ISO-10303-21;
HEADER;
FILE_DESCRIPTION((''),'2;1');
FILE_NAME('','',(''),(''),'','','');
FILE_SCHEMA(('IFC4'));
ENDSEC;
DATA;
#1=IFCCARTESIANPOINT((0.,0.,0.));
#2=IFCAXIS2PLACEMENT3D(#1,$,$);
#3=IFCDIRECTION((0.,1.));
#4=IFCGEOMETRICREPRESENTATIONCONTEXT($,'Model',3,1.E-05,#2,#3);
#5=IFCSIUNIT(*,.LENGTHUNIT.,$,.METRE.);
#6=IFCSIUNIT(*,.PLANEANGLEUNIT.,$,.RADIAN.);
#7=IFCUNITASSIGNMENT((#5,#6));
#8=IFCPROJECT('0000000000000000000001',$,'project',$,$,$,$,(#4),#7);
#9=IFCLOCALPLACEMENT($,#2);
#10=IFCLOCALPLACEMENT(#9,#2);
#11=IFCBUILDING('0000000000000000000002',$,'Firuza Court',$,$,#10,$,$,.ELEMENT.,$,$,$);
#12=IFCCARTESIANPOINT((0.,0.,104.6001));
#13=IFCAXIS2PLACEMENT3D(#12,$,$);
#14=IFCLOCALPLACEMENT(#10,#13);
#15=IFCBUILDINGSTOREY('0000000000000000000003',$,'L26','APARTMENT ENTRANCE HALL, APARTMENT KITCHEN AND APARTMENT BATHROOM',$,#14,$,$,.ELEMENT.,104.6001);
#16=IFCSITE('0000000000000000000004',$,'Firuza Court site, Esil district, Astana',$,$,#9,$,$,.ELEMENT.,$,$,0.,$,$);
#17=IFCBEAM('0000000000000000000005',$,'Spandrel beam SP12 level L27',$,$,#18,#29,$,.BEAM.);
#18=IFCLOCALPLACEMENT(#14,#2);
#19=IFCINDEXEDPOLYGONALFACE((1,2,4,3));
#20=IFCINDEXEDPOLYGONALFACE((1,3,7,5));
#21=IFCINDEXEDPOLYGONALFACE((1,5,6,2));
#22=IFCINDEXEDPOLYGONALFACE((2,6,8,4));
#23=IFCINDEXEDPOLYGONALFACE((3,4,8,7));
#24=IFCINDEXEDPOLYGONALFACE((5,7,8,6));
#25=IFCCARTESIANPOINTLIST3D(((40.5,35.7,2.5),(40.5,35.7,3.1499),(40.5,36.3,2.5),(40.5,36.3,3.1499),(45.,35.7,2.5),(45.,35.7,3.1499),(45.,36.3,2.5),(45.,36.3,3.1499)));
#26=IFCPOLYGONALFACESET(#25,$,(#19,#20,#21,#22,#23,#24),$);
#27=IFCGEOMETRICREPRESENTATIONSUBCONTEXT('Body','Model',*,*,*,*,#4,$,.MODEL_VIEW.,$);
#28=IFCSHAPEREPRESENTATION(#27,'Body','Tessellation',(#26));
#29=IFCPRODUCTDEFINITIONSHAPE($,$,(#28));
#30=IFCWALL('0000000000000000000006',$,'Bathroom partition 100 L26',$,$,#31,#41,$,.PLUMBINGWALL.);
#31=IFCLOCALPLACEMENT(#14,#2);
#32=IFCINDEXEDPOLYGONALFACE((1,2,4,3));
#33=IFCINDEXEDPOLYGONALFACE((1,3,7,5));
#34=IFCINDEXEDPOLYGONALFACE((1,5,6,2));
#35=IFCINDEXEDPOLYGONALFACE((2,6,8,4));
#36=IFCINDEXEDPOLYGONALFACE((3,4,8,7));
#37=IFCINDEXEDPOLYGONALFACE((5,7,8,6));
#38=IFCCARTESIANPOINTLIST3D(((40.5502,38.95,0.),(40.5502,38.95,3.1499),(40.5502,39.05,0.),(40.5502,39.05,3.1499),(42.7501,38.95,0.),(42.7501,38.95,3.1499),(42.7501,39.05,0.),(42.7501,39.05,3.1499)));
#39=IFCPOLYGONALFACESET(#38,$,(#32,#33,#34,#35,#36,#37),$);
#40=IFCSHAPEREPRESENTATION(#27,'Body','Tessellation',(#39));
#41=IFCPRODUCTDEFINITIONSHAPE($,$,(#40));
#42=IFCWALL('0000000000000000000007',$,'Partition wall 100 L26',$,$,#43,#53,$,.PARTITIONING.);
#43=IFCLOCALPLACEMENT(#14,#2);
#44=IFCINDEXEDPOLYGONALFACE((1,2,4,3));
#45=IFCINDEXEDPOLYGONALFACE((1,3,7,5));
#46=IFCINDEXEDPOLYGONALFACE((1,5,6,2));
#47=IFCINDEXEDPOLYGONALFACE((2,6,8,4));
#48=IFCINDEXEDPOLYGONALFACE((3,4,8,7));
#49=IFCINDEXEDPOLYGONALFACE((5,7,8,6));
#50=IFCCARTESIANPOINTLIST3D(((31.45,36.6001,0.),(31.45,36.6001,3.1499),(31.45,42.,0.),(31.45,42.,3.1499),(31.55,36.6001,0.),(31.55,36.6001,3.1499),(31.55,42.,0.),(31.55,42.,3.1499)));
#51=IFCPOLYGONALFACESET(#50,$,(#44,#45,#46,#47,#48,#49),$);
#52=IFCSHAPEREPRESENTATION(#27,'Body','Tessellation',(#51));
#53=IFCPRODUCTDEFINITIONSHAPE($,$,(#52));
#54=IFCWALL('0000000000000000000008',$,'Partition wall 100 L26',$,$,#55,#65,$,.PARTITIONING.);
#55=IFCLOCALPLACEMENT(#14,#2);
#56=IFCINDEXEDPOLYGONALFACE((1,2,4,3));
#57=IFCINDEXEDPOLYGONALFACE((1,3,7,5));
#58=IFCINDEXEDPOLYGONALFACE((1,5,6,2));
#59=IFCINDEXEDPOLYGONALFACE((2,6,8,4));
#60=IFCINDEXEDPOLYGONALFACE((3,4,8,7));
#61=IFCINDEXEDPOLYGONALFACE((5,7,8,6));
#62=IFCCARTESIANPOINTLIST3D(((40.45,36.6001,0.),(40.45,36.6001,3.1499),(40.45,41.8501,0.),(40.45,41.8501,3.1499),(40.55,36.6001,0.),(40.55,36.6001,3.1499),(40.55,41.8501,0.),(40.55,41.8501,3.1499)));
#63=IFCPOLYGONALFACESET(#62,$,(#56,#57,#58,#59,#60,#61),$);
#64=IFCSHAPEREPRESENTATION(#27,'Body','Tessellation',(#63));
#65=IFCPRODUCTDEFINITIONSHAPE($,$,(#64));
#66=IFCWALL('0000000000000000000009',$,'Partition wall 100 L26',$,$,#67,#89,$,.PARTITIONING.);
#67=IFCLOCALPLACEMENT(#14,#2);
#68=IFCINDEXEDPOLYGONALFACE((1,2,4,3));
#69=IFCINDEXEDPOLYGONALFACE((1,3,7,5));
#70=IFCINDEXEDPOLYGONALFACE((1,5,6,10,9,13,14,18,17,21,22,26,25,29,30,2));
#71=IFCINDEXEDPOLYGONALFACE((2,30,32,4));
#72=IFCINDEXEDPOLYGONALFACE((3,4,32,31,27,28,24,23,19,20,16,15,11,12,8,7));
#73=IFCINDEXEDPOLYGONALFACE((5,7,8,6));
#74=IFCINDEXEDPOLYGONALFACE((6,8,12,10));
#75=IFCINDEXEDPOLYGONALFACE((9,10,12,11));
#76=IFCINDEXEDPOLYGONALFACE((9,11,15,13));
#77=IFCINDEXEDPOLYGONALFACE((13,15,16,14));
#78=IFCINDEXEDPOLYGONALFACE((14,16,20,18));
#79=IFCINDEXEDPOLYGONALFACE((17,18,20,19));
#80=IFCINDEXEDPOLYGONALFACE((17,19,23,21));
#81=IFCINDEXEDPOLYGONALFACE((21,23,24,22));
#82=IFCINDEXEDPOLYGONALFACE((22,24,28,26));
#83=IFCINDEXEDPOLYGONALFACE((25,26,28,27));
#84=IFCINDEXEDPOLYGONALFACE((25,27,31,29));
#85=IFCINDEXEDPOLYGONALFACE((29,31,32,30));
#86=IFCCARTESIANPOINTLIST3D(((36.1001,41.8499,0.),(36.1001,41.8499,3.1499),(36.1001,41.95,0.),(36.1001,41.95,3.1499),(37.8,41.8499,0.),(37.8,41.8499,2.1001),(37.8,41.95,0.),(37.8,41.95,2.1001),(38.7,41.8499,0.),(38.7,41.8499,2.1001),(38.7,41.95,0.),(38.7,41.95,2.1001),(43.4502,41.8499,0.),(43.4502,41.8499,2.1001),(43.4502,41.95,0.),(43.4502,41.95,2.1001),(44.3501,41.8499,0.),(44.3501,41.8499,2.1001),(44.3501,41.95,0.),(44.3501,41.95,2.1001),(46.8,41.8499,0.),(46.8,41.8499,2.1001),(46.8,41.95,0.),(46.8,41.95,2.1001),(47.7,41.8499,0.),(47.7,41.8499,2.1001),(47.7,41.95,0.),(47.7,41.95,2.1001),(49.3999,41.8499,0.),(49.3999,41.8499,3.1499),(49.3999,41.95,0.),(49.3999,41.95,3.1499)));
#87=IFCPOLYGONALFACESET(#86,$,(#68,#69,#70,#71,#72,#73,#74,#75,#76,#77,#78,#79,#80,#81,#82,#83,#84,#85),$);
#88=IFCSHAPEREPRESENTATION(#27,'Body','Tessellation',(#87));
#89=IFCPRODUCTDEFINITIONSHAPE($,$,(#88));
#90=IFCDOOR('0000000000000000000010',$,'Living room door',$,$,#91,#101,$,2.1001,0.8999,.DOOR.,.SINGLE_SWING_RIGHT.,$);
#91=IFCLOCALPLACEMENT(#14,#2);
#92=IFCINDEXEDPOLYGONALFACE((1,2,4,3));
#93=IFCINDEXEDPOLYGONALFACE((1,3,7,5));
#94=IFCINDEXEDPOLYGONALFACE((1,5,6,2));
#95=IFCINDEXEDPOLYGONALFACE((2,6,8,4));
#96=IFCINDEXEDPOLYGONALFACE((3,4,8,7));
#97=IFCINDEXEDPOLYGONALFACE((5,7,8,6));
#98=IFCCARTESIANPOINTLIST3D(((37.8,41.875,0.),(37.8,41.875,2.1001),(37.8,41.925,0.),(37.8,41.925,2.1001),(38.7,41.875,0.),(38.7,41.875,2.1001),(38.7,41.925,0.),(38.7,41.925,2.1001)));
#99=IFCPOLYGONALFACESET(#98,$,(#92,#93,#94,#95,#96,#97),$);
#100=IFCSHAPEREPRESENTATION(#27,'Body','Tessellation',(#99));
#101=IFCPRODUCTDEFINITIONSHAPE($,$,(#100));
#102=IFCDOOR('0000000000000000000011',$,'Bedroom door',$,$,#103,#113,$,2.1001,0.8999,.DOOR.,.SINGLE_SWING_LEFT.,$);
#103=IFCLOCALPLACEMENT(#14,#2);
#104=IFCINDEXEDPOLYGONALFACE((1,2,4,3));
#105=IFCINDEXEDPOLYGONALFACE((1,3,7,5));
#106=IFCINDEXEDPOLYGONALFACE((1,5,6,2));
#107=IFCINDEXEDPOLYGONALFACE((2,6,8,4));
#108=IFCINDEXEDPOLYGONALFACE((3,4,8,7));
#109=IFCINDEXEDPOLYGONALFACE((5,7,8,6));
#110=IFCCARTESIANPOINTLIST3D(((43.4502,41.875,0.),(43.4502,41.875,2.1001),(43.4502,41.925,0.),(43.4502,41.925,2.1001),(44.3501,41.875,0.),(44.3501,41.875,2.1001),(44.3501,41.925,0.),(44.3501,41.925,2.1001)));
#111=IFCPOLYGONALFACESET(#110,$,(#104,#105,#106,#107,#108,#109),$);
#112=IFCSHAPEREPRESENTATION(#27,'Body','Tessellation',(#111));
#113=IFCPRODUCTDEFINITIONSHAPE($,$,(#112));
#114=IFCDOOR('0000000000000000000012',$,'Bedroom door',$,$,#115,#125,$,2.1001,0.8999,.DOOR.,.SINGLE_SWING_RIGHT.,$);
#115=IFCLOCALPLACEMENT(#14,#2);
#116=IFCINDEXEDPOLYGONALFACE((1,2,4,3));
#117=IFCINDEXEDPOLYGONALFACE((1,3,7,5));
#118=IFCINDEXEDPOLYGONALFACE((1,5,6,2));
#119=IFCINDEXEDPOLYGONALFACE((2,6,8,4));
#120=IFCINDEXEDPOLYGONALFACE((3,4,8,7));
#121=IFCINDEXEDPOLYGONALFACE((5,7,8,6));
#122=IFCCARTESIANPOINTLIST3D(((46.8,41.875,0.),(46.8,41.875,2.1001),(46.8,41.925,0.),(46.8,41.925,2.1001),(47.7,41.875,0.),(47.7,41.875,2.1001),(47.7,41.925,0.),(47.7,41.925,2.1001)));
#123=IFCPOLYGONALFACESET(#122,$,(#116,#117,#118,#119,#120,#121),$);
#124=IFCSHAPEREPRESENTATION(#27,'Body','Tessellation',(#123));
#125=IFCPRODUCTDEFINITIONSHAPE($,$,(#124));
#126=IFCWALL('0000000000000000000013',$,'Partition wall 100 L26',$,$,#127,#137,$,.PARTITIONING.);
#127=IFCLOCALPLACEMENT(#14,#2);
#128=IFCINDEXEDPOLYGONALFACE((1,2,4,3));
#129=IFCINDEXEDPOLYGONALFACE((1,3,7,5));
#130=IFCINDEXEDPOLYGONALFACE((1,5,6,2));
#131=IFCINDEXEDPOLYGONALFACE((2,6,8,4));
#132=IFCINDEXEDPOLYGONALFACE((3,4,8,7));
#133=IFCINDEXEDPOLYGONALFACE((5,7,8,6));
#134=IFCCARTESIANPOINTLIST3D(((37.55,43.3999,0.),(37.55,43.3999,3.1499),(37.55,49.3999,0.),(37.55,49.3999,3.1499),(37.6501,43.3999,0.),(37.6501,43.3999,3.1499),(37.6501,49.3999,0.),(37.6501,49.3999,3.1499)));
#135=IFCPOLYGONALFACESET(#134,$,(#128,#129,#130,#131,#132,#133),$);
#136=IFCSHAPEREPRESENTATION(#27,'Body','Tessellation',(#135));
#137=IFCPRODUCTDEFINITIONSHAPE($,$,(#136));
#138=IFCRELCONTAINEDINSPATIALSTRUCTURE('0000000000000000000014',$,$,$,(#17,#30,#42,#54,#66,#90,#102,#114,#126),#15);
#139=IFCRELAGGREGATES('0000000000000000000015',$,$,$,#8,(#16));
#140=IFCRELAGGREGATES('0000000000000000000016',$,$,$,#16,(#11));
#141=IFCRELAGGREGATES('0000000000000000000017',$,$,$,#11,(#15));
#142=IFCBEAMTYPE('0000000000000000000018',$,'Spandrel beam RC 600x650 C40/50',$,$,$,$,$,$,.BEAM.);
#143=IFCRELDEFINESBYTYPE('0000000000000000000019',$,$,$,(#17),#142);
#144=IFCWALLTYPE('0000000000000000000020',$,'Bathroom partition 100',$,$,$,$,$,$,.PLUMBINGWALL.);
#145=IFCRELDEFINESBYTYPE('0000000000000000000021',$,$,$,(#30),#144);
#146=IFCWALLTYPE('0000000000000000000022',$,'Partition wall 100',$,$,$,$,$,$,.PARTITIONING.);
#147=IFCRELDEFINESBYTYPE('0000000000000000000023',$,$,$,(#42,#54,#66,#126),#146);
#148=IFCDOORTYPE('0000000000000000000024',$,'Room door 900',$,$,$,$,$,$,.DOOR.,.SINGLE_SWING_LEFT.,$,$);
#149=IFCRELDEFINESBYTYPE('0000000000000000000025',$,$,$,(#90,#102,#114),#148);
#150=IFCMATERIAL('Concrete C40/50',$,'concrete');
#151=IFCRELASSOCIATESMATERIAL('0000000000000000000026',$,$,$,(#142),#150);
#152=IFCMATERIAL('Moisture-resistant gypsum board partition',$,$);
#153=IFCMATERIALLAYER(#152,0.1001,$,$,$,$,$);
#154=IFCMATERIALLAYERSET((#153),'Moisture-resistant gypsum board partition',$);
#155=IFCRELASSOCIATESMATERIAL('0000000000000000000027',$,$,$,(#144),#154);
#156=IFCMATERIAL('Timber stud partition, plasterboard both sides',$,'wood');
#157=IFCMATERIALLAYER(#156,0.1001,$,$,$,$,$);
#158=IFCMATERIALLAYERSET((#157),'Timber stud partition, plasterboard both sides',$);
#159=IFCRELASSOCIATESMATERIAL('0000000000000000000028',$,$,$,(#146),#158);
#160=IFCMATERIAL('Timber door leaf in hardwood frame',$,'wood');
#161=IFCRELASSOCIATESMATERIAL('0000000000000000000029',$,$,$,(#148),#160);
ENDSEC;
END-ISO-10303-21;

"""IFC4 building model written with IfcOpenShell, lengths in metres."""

from ifc_helpers import new_model, si_unit, direction, frame, frame_2d, origin, origin_2d, place, context, subcontext, project, spatial, rectangle, extrude, material, layer, layer_set, material_profile, profile_set, type_object, element, fill, save


model = new_model("IFC4")

# Units and contexts
model_context = context("Model", 3, precision=1e-05, world=origin(), true_north=direction((0.0, 1.0)))
body_context = subcontext(model_context, "Body", "Model", "MODEL_VIEW")
ifc_project = project(units=[si_unit("LENGTHUNIT", "METRE"), si_unit("PLANEANGLEUNIT", "RADIAN")], contexts=[model_context])

# Site, building, storey
site_placement = place(None, origin())
site = spatial("IfcSite", under=ifc_project, at=site_placement, Name="Firuza Court site, Esil district, Astana", CompositionType="ELEMENT", RefElevation=0.0)
building_placement = place(site_placement, origin())
building = spatial("IfcBuilding", under=site, at=building_placement, Name="Firuza Court", CompositionType="ELEMENT")
storey_placement = place(building_placement, frame((0.0, 0.0, 104.6001)))
storey = spatial("IfcBuildingStorey", under=building, at=storey_placement, Name="L26", Description="APARTMENT ENTRANCE HALL, APARTMENT KITCHEN AND APARTMENT BATHROOM", CompositionType="ELEMENT", Elevation=104.6001)

# Beam
ifc_material_1 = material(Name="Concrete C40/50", Category="concrete")
ifc_material_profile = material_profile(ifc_material_1, rectangle(XDim=0.6001, YDim=0.6499, at=origin_2d()), Name="RC 600x650")
ifc_profile_set = profile_set([ifc_material_profile], Name="Concrete C40/50")
beam_type = type_object("IfcBeamType", Name="Spandrel beam RC 600x650 C40/50", PredefinedType="BEAM", material=ifc_profile_set)
beam_placement = place(storey_placement, frame((40.5, 36.0, 2.825), z_axis=(1.0, 0.0, 0.0), x_axis=(0.0, 1.0, 0.0)))
element("IfcBeam", 1, at=beam_placement, inside=storey, type_object=beam_type, Name="Spandrel beam SP12 level L27", PredefinedType="BEAM", context=body_context, shape_type="SweptSolid", body=[
    extrude(rectangle(XDim=0.6001, YDim=0.6499, at=origin_2d()), origin(), (0.0, 0.0, 1.0), 4.5),
])

# Walls
ifc_material_2 = material(Name="Moisture-resistant gypsum board partition")
ifc_layer_1 = layer(ifc_material_2, 0.1001)
ifc_layer_set_1 = layer_set([ifc_layer_1], Name="Moisture-resistant gypsum board partition")
wall_type_1 = type_object("IfcWallType", Name="Bathroom partition 100", PredefinedType="PLUMBINGWALL", material=ifc_layer_set_1)
wall_1_placement = place(storey_placement, frame((40.55, 39.0, 0.0), z_axis=(0.0, 0.0, 1.0), x_axis=(1.0, 0.0, 0.0)))
element("IfcWall", 2, at=wall_1_placement, inside=storey, type_object=wall_type_1, Name="Bathroom partition 100 L26", PredefinedType="PLUMBINGWALL", context=body_context, shape_type="SweptSolid", body=[
    extrude(rectangle(XDim=2.2, YDim=0.1001, at=frame_2d((1.1001, 0.0))), origin(), (0.0, 0.0, 1.0), 3.1499),
])
ifc_material_3 = material(Name="Timber stud partition, plasterboard both sides", Category="wood")
ifc_layer_2 = layer(ifc_material_3, 0.1001)
ifc_layer_set_2 = layer_set([ifc_layer_2], Name="Timber stud partition, plasterboard both sides")
wall_type_2 = type_object("IfcWallType", Name="Partition wall 100", PredefinedType="PARTITIONING", material=ifc_layer_set_2)
wall_2_placement = place(storey_placement, frame((31.5, 36.6001, 0.0), z_axis=(0.0, 0.0, 1.0), x_axis=(0.0, 1.0, 0.0)))
element("IfcWall", 3, at=wall_2_placement, inside=storey, type_object=wall_type_2, Name="Partition wall 100 L26", PredefinedType="PARTITIONING", context=body_context, shape_type="SweptSolid", body=[
    extrude(rectangle(XDim=5.3999, YDim=0.1001, at=frame_2d((2.7, 0.0))), origin(), (0.0, 0.0, 1.0), 3.1499),
])
wall_3_placement = place(storey_placement, frame((40.5, 36.6001, 0.0), z_axis=(0.0, 0.0, 1.0), x_axis=(0.0, 1.0, 0.0)))
element("IfcWall", 4, at=wall_3_placement, inside=storey, type_object=wall_type_2, Name="Partition wall 100 L26", PredefinedType="PARTITIONING", context=body_context, shape_type="SweptSolid", body=[
    extrude(rectangle(XDim=5.25, YDim=0.1001, at=frame_2d((2.625, 0.0))), origin(), (0.0, 0.0, 1.0), 3.1499),
])

# Wall, openings, doors
wall_4_placement = place(storey_placement, frame((36.1001, 41.8999, 0.0), z_axis=(0.0, 0.0, 1.0), x_axis=(1.0, 0.0, 0.0)))
wall_4 = element("IfcWall", 5, at=wall_4_placement, inside=storey, type_object=wall_type_2, Name="Partition wall 100 L26", PredefinedType="PARTITIONING", context=body_context, shape_type="SweptSolid", body=[
    extrude(rectangle(XDim=13.2998, YDim=0.1001, at=frame_2d((6.6499, 0.0))), origin(), (0.0, 0.0, 1.0), 3.1499),
])
opening_1_placement = place(wall_4_placement, frame((1.7, 0.0, 0.0)))
opening_1 = element("IfcOpeningElement", 6, at=opening_1_placement, cuts=wall_4, PredefinedType="OPENING", context=body_context, shape_type="SweptSolid", body=[
    extrude(rectangle(XDim=0.8999, YDim=2.1001, at=frame_2d((0.45, 1.05))), frame((0.0, 0.062, 0.0), z_axis=(0.0, -1.0, 0.0), x_axis=(1.0, 0.0, 0.0)), (0.0, 0.0, 1.0), 0.124),
])
opening_2_placement = place(wall_4_placement, frame((7.3501, 0.0, 0.0)))
opening_2 = element("IfcOpeningElement", 7, at=opening_2_placement, cuts=wall_4, PredefinedType="OPENING", context=body_context, shape_type="SweptSolid", body=[
    extrude(rectangle(XDim=0.8999, YDim=2.1001, at=frame_2d((0.45, 1.05))), frame((0.0, 0.062, 0.0), z_axis=(0.0, -1.0, 0.0), x_axis=(1.0, 0.0, 0.0)), (0.0, 0.0, 1.0), 0.124),
])
opening_3_placement = place(wall_4_placement, frame((10.7, 0.0, 0.0)))
opening_3 = element("IfcOpeningElement", 8, at=opening_3_placement, cuts=wall_4, PredefinedType="OPENING", context=body_context, shape_type="SweptSolid", body=[
    extrude(rectangle(XDim=0.8999, YDim=2.1001, at=frame_2d((0.45, 1.05))), frame((0.0, 0.062, 0.0), z_axis=(0.0, -1.0, 0.0), x_axis=(1.0, 0.0, 0.0)), (0.0, 0.0, 1.0), 0.124),
])
ifc_material_4 = material(Name="Timber door leaf in hardwood frame", Category="wood")
door_type_1 = type_object("IfcDoorType", Name="Room door 900", OperationType="SINGLE_SWING_LEFT", PredefinedType="DOOR", material=ifc_material_4)
door_1_placement = place(opening_1_placement, frame((0.8999, 0.0, 0.0), z_axis=(0.0, 0.0, 1.0), x_axis=(-1.0, 0.0, 0.0)))
door_1 = element("IfcDoor", 9, at=door_1_placement, inside=storey, type_object=door_type_1, Name="Living room door", OperationType="SINGLE_SWING_RIGHT", OverallHeight=2.1001, OverallWidth=0.8999, PredefinedType="DOOR", context=body_context, shape_type="SweptSolid", body=[
    extrude(rectangle(XDim=0.8999, YDim=2.1001, at=frame_2d((0.45, 1.05))), frame((0.0, 0.0249, 0.0), z_axis=(0.0, -1.0, 0.0), x_axis=(1.0, 0.0, 0.0)), (0.0, 0.0, 1.0), 0.05),
])
fill(opening_1, door_1)
door_2_placement = place(opening_2_placement, frame((0.8999, 0.0, 0.0), z_axis=(0.0, 0.0, 1.0), x_axis=(-1.0, 0.0, 0.0)))
door_2 = element("IfcDoor", 10, at=door_2_placement, inside=storey, type_object=door_type_1, Name="Bedroom door", OperationType="SINGLE_SWING_LEFT", OverallHeight=2.1001, OverallWidth=0.8999, PredefinedType="DOOR", context=body_context, shape_type="SweptSolid", body=[
    extrude(rectangle(XDim=0.8999, YDim=2.1001, at=frame_2d((0.45, 1.05))), frame((0.0, 0.0249, 0.0), z_axis=(0.0, -1.0, 0.0), x_axis=(1.0, 0.0, 0.0)), (0.0, 0.0, 1.0), 0.05),
])
fill(opening_2, door_2)
door_3_placement = place(opening_3_placement, frame((0.8999, 0.0, 0.0), z_axis=(0.0, 0.0, 1.0), x_axis=(-1.0, 0.0, 0.0)))
door_3 = element("IfcDoor", 11, at=door_3_placement, inside=storey, type_object=door_type_1, Name="Bedroom door", OperationType="SINGLE_SWING_RIGHT", OverallHeight=2.1001, OverallWidth=0.8999, PredefinedType="DOOR", context=body_context, shape_type="SweptSolid", body=[
    extrude(rectangle(XDim=0.8999, YDim=2.1001, at=frame_2d((0.45, 1.05))), frame((0.0, 0.0249, 0.0), z_axis=(0.0, -1.0, 0.0), x_axis=(1.0, 0.0, 0.0)), (0.0, 0.0, 1.0), 0.05),
])
fill(opening_3, door_3)

# Wall
wall_5_placement = place(storey_placement, frame((37.6001, 43.3999, 0.0), z_axis=(0.0, 0.0, 1.0), x_axis=(0.0, 1.0, 0.0)))
element("IfcWall", 12, at=wall_5_placement, inside=storey, type_object=wall_type_2, Name="Partition wall 100 L26", PredefinedType="PARTITIONING", context=body_context, shape_type="SweptSolid", body=[
    extrude(rectangle(XDim=6.0, YDim=0.1001, at=frame_2d((3.0, 0.0))), origin(), (0.0, 0.0, 1.0), 3.1499),
])

save(model, "model.ifc")
